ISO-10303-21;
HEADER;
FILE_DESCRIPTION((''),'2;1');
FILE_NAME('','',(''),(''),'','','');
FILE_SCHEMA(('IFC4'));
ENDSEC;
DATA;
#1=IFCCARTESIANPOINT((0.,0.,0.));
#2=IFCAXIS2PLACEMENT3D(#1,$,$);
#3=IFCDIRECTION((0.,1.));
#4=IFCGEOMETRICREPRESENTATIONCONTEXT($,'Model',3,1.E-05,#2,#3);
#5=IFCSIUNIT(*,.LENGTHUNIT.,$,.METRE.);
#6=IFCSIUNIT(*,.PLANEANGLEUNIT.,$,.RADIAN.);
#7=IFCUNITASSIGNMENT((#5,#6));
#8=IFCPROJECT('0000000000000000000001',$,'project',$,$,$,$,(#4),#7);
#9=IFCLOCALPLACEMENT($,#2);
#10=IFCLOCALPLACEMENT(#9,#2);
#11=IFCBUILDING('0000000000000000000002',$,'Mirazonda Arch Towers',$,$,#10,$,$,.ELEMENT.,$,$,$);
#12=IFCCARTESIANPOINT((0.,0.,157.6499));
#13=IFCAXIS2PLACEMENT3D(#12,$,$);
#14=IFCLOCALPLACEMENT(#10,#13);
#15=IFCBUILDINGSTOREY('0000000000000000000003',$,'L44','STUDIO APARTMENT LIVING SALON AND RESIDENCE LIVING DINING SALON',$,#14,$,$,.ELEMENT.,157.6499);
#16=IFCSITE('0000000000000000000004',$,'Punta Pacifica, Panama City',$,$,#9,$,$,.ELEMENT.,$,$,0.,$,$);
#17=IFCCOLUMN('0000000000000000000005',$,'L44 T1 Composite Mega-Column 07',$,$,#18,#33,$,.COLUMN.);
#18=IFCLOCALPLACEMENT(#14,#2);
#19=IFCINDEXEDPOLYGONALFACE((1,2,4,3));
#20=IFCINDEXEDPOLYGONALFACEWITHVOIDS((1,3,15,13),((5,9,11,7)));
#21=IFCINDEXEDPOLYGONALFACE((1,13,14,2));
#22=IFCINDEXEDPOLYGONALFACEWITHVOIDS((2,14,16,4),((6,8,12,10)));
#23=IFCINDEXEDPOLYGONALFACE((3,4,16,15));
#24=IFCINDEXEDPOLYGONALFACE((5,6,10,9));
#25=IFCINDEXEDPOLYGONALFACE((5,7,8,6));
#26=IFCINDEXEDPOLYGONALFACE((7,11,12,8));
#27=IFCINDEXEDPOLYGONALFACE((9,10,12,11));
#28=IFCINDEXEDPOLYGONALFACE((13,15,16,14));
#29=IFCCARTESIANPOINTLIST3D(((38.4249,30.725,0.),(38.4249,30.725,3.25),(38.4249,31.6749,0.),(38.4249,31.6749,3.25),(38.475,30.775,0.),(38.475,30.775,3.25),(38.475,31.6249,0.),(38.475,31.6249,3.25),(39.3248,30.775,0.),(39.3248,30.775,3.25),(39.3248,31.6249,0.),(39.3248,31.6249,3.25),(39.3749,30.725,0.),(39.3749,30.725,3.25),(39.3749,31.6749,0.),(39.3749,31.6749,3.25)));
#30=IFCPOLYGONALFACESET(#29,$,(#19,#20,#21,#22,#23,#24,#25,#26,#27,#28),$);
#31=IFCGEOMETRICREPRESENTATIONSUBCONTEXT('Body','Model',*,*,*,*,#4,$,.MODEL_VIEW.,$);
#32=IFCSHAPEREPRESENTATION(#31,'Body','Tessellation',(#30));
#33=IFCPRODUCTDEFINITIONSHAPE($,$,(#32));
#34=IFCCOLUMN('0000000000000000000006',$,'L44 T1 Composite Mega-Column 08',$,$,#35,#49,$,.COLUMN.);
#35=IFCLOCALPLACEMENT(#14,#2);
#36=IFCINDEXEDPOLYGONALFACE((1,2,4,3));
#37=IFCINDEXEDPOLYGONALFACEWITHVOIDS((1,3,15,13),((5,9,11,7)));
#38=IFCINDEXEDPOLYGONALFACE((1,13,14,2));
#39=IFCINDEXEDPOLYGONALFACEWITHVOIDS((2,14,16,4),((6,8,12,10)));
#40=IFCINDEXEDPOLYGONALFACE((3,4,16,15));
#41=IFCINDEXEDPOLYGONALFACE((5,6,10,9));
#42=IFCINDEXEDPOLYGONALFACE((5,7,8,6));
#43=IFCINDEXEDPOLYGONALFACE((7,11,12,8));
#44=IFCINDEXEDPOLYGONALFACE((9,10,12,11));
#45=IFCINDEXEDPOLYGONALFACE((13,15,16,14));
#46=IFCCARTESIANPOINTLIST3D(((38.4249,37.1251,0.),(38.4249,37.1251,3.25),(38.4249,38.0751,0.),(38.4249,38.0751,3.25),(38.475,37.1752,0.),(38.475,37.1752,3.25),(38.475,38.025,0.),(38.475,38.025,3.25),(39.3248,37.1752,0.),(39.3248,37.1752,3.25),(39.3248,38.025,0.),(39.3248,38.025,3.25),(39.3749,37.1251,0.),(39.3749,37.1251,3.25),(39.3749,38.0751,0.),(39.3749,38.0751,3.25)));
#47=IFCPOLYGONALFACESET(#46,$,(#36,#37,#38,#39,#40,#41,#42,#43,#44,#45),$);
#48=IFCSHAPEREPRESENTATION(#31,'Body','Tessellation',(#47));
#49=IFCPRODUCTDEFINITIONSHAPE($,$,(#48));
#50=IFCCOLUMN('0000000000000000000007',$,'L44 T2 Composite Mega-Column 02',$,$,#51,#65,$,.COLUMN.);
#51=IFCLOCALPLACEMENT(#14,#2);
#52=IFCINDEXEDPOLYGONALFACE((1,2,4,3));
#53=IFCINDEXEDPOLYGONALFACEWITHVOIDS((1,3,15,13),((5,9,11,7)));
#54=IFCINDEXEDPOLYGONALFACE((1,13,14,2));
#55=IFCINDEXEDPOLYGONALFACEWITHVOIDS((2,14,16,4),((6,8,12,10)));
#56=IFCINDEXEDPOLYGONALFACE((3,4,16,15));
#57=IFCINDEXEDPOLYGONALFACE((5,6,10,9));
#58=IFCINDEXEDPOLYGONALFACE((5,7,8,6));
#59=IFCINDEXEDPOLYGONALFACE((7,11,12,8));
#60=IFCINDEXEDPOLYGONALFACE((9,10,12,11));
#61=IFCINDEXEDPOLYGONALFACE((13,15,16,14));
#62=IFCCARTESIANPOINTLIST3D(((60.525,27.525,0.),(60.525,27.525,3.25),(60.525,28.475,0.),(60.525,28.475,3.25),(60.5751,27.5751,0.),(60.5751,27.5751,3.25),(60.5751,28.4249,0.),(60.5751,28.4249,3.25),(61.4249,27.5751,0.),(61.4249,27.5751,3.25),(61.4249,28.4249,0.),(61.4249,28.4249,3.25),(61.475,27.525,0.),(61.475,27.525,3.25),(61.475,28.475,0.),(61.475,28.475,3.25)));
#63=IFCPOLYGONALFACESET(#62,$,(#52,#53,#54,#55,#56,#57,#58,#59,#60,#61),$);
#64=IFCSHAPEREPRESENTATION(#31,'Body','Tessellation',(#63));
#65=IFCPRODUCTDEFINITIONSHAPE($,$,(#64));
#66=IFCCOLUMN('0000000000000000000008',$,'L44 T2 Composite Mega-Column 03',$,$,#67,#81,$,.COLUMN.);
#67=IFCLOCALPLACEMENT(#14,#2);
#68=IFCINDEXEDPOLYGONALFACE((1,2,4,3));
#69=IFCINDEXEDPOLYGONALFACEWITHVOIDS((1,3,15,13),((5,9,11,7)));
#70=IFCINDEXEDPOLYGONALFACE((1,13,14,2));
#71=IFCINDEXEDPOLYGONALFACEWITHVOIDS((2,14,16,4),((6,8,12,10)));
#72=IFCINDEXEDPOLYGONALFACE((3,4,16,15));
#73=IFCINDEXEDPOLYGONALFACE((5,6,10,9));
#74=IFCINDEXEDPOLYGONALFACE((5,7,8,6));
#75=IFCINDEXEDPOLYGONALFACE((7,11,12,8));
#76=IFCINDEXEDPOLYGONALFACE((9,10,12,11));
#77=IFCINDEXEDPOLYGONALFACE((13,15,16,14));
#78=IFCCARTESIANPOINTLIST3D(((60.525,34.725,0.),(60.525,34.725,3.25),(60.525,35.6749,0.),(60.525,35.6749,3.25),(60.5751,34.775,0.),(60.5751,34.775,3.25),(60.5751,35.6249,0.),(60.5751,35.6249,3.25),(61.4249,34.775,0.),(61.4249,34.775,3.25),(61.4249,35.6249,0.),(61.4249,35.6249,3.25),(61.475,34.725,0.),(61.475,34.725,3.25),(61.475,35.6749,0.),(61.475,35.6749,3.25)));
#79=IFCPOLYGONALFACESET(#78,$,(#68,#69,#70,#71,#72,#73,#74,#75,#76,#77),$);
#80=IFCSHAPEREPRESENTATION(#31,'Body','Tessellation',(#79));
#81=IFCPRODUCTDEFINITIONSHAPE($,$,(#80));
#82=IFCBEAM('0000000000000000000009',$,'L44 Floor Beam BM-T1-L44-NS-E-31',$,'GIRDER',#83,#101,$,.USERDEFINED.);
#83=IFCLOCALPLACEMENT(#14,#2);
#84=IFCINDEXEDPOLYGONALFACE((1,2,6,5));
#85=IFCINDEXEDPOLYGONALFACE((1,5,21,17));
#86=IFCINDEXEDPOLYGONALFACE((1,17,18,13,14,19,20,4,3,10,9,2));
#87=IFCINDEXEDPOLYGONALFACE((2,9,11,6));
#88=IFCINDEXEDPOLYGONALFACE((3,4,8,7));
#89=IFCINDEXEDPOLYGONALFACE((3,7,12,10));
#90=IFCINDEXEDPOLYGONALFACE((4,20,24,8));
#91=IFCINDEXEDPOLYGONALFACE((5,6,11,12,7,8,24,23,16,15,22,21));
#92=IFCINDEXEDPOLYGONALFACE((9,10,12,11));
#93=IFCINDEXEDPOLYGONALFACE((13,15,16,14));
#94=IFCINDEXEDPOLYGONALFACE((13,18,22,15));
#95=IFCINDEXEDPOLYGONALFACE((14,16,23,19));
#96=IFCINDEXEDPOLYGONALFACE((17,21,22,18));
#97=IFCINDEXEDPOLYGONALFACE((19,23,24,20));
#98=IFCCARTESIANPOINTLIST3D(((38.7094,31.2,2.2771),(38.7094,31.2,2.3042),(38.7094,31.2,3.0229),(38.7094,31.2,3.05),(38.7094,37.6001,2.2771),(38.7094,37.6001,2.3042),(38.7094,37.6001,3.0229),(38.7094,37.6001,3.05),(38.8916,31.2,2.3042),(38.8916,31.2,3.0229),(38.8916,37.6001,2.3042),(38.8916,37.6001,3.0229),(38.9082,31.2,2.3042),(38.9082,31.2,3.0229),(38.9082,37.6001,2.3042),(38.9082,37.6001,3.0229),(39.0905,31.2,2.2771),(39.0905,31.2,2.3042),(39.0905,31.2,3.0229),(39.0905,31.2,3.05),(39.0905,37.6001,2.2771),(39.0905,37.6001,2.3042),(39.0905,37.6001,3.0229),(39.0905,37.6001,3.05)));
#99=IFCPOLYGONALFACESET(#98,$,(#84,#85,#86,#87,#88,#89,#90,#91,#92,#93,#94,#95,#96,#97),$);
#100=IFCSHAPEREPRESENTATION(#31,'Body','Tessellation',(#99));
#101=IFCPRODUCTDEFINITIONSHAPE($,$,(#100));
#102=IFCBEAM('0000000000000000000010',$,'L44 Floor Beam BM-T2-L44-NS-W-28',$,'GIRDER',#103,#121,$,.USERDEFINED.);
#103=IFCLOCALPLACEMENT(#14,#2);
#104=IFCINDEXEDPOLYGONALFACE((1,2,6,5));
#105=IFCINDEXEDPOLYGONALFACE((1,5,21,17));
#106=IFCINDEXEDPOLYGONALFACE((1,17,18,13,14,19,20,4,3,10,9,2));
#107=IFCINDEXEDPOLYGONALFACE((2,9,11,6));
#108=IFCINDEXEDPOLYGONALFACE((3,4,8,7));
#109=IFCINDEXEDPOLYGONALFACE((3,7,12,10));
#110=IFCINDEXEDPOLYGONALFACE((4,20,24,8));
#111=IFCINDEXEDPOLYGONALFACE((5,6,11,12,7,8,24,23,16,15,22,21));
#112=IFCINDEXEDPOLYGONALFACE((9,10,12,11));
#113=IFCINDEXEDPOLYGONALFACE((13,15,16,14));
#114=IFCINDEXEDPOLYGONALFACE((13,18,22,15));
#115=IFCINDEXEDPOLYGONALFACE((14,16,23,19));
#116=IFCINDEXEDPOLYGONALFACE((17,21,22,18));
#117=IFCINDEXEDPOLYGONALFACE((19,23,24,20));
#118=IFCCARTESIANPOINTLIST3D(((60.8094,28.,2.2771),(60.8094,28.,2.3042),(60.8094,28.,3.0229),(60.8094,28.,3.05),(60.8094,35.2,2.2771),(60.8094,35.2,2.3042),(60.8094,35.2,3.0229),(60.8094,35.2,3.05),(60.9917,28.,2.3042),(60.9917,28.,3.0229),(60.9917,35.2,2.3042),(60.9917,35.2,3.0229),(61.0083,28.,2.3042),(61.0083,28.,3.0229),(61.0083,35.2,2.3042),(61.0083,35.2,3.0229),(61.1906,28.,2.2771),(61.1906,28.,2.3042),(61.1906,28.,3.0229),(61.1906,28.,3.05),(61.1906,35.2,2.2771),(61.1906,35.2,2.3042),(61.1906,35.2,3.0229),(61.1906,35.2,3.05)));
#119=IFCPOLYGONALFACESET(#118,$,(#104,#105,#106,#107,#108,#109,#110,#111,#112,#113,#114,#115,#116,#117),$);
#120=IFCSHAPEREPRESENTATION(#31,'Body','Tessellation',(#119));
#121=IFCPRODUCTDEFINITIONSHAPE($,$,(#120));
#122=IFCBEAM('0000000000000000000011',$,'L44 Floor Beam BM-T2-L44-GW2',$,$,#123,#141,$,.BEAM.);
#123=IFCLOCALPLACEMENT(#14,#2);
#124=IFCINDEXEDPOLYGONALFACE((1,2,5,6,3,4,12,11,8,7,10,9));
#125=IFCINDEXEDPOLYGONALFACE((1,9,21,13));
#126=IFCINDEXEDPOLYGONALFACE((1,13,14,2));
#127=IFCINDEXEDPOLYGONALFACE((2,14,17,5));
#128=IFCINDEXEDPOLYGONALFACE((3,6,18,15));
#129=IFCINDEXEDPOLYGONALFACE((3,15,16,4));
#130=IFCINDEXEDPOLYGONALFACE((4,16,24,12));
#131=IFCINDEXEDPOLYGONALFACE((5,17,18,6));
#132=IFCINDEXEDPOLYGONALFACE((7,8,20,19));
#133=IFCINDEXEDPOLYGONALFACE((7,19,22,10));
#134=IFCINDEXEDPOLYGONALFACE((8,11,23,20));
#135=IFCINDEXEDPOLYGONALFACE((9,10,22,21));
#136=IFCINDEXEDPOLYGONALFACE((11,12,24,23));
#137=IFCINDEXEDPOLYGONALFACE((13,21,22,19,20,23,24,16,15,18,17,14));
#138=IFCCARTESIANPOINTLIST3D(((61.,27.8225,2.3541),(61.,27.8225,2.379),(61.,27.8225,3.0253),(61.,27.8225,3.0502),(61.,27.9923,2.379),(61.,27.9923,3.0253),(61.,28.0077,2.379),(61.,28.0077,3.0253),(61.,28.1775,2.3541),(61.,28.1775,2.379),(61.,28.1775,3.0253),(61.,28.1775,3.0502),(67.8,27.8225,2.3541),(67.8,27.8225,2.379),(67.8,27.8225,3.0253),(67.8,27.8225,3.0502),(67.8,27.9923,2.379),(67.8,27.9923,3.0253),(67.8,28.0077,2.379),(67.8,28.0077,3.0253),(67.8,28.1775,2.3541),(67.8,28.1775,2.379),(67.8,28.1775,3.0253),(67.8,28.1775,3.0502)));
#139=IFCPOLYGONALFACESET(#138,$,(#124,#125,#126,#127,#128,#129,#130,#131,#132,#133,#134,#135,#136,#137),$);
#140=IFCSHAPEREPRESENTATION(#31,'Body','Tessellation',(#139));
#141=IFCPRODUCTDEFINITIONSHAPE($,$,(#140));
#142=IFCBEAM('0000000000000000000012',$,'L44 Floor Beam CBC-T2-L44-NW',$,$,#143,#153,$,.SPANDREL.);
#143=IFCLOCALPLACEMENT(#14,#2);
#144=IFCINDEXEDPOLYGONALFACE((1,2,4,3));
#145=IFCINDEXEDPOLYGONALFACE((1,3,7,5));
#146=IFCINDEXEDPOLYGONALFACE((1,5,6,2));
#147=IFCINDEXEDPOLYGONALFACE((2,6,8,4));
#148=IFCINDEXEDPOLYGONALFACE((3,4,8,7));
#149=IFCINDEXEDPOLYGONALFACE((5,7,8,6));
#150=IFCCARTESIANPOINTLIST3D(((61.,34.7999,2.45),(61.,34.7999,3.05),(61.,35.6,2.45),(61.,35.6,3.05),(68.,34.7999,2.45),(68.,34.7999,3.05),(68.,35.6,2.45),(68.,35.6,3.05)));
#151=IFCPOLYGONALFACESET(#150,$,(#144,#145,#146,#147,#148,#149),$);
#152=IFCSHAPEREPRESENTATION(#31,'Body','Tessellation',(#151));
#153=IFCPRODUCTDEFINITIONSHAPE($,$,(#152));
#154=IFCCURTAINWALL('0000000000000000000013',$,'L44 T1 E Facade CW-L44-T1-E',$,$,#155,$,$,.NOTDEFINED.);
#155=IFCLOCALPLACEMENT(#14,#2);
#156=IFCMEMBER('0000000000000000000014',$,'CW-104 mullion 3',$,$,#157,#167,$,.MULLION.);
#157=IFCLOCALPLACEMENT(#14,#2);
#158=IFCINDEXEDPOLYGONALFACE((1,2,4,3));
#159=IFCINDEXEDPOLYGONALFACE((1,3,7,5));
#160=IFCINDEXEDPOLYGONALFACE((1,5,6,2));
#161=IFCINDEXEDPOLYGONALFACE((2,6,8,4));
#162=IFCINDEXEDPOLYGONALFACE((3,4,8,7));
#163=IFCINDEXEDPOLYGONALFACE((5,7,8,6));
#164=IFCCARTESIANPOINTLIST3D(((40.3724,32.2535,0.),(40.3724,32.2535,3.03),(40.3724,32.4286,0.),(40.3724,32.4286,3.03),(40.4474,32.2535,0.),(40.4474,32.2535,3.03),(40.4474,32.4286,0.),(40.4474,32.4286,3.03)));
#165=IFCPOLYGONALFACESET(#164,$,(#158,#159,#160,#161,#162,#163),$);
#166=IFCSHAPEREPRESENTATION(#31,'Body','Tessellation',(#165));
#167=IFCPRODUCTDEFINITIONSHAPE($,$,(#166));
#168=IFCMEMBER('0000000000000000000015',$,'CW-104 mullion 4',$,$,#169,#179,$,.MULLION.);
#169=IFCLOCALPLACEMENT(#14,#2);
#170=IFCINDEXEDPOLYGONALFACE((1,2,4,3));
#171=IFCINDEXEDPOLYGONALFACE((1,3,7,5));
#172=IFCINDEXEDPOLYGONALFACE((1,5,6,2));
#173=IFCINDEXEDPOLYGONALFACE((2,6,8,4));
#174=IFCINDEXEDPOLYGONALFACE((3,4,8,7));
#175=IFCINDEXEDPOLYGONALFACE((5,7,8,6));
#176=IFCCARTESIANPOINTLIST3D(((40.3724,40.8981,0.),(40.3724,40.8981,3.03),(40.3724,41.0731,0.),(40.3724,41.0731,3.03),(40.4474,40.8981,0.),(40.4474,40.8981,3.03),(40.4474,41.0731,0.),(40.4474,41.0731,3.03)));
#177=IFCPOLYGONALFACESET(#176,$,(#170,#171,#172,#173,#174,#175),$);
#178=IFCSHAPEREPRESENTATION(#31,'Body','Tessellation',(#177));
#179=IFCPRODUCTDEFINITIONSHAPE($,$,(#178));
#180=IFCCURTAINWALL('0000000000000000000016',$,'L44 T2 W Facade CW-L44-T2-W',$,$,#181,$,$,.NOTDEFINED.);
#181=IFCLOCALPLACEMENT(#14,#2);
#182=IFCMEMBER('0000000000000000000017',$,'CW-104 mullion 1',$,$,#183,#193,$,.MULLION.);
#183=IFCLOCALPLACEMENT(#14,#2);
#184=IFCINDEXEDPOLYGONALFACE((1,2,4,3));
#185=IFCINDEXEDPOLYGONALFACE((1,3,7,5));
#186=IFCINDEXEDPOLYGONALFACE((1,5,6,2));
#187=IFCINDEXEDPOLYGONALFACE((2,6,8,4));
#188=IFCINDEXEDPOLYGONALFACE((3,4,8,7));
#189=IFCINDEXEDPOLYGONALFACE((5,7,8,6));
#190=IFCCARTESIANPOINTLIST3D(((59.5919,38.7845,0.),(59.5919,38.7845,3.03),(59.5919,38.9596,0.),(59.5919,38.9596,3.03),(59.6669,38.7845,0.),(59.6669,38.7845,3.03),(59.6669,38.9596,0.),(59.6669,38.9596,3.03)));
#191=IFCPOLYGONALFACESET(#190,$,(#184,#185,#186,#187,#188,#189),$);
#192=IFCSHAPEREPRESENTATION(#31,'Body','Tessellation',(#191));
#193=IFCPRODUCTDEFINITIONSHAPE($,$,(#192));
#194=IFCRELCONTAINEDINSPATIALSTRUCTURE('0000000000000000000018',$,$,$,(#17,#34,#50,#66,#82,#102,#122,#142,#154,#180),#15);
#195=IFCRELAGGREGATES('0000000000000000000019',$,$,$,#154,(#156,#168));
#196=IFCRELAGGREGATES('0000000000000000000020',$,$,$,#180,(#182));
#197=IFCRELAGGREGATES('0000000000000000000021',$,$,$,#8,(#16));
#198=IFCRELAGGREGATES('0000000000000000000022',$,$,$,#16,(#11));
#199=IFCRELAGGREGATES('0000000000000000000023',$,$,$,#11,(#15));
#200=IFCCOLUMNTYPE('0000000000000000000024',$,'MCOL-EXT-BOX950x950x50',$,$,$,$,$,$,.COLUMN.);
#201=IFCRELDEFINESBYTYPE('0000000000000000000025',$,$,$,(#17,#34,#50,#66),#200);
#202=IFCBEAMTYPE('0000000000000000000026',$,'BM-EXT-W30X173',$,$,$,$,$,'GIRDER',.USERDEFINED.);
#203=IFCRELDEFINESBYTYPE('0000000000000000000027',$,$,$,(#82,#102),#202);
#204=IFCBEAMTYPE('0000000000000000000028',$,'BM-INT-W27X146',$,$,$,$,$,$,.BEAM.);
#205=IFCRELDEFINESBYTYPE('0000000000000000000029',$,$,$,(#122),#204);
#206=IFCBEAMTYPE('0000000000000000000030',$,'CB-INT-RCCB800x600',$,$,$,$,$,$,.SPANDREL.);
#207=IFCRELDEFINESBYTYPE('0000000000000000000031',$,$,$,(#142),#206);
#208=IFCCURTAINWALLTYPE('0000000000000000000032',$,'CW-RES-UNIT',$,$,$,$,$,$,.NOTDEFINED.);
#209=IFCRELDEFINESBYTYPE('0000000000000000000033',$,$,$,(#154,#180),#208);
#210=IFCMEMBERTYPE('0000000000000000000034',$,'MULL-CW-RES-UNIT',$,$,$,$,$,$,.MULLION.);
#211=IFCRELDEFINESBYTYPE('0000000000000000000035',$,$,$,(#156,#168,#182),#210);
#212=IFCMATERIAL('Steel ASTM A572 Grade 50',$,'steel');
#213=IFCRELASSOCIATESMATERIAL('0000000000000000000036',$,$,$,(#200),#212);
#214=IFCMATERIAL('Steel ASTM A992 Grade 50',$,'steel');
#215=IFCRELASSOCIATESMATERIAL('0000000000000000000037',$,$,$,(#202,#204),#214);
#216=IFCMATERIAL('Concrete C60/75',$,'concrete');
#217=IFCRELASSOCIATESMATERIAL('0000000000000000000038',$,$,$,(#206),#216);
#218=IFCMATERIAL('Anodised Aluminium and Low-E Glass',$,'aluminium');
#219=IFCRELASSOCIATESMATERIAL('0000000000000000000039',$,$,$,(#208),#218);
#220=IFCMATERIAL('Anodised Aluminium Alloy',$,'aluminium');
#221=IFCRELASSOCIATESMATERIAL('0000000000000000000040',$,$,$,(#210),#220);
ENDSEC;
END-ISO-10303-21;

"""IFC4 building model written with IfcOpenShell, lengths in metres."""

from ifc_helpers import new_model, si_unit, direction, frame, origin, origin_2d, place, context, subcontext, project, spatial, rectangle, hollow_rectangle, i_section, extrude, material, material_profile, profile_set, type_object, element, aggregate, save


model = new_model("IFC4")

# Units and contexts
model_context = context("Model", 3, precision=1e-05, world=origin(), true_north=direction((0.0, 1.0)))
body_context = subcontext(model_context, "Body", "Model", "MODEL_VIEW")
ifc_project = project(units=[si_unit("LENGTHUNIT", "METRE"), si_unit("PLANEANGLEUNIT", "RADIAN")], contexts=[model_context])

# Site, building, storey
site_placement = place(None, origin())
site = spatial("IfcSite", under=ifc_project, at=site_placement, Name="Punta Pacifica, Panama City", CompositionType="ELEMENT", RefElevation=0.0)
building_placement = place(site_placement, origin())
building = spatial("IfcBuilding", under=site, at=building_placement, Name="Mirazonda Arch Towers", CompositionType="ELEMENT")
storey_placement = place(building_placement, frame((0.0, 0.0, 157.6499)))
storey = spatial("IfcBuildingStorey", under=building, at=storey_placement, Name="L44", Description="STUDIO APARTMENT LIVING SALON AND RESIDENCE LIVING DINING SALON", CompositionType="ELEMENT", Elevation=157.6499)

# Columns
ifc_material_1 = material(Name="Steel ASTM A572 Grade 50", Category="steel")
ifc_material_profile_1 = material_profile(ifc_material_1, hollow_rectangle(XDim=0.95, YDim=0.95, WallThickness=0.05, at=origin_2d()), Name="BOX950x950x50")
ifc_profile_set_1 = profile_set([ifc_material_profile_1], Name="Steel ASTM A572 Grade 50")
column_type = type_object("IfcColumnType", Name="MCOL-EXT-BOX950x950x50", PredefinedType="COLUMN", material=ifc_profile_set_1)
for number, where, z_axis, x_axis, name in (
    (1, (38.8999, 31.2, 0.0), (0.0, 0.0, 1.0), (1.0, 0.0, 0.0), "L44 T1 Composite Mega-Column 07"),
    (2, (38.8999, 37.6001, 0.0), (0.0, 0.0, 1.0), (1.0, 0.0, 0.0), "L44 T1 Composite Mega-Column 08"),
    (3, (61.0, 28.0, 0.0), (0.0, 0.0, 1.0), (1.0, 0.0, 0.0), "L44 T2 Composite Mega-Column 02"),
    (4, (61.0, 35.2, 0.0), (0.0, 0.0, 1.0), (1.0, 0.0, 0.0), "L44 T2 Composite Mega-Column 03"),
):
    element("IfcColumn", number, at=place(storey_placement, frame(where, z_axis=z_axis, x_axis=x_axis)), inside=storey, type_object=column_type, Name=name, PredefinedType="COLUMN", context=body_context, shape_type="SweptSolid", body=[
        extrude(hollow_rectangle(XDim=0.95, YDim=0.95, WallThickness=0.05, at=origin_2d()), origin(), (0.0, 0.0, 1.0), 3.25),
    ])

# Beams
ifc_material_2 = material(Name="Steel ASTM A992 Grade 50", Category="steel")
ifc_material_profile_2 = material_profile(ifc_material_2, i_section(OverallWidth=0.3811, OverallDepth=0.7729, WebThickness=0.0166, FlangeThickness=0.0271, at=origin_2d()), Name="W30X173")
ifc_profile_set_2 = profile_set([ifc_material_profile_2], Name="Steel ASTM A992 Grade 50")
beam_type_1 = type_object("IfcBeamType", Name="BM-EXT-W30X173", ElementType="GIRDER", PredefinedType="USERDEFINED", material=ifc_profile_set_2)
beam_1_placement = place(storey_placement, frame((38.8999, 31.2, 2.6636), z_axis=(0.0, 1.0, 0.0), x_axis=(-1.0, 0.0, 0.0)))
element("IfcBeam", 5, at=beam_1_placement, inside=storey, type_object=beam_type_1, Name="L44 Floor Beam BM-T1-L44-NS-E-31", ObjectType="GIRDER", PredefinedType="USERDEFINED", context=body_context, shape_type="SweptSolid", body=[
    extrude(i_section(OverallWidth=0.3811, OverallDepth=0.7729, WebThickness=0.0166, FlangeThickness=0.0271, at=origin_2d()), origin(), (0.0, 0.0, 1.0), 6.4001),
])
beam_2_placement = place(storey_placement, frame((61.0, 28.0, 2.6636), z_axis=(0.0, 1.0, 0.0), x_axis=(-1.0, 0.0, 0.0)))
element("IfcBeam", 6, at=beam_2_placement, inside=storey, type_object=beam_type_1, Name="L44 Floor Beam BM-T2-L44-NS-W-28", ObjectType="GIRDER", PredefinedType="USERDEFINED", context=body_context, shape_type="SweptSolid", body=[
    extrude(i_section(OverallWidth=0.3811, OverallDepth=0.7729, WebThickness=0.0166, FlangeThickness=0.0271, at=origin_2d()), origin(), (0.0, 0.0, 1.0), 7.2),
])
ifc_material_profile_3 = material_profile(ifc_material_2, i_section(OverallWidth=0.355, OverallDepth=0.696, WebThickness=0.0154, FlangeThickness=0.0249, at=origin_2d()), Name="W27X146")
ifc_profile_set_3 = profile_set([ifc_material_profile_3], Name="Steel ASTM A992 Grade 50")
beam_type_2 = type_object("IfcBeamType", Name="BM-INT-W27X146", PredefinedType="BEAM", material=ifc_profile_set_3)
beam_3_placement = place(storey_placement, frame((61.0, 28.0, 2.7021), z_axis=(1.0, 0.0, 0.0), x_axis=(0.0, 1.0, 0.0)))
element("IfcBeam", 7, at=beam_3_placement, inside=storey, type_object=beam_type_2, Name="L44 Floor Beam BM-T2-L44-GW2", PredefinedType="BEAM", context=body_context, shape_type="SweptSolid", body=[
    extrude(i_section(OverallWidth=0.355, OverallDepth=0.696, WebThickness=0.0154, FlangeThickness=0.0249, at=origin_2d()), origin(), (0.0, 0.0, 1.0), 6.8),
])
ifc_material_3 = material(Name="Concrete C60/75", Category="concrete")
ifc_material_profile_4 = material_profile(ifc_material_3, rectangle(XDim=0.8, YDim=0.6001, at=origin_2d()), Name="RCCB800x600")
ifc_profile_set_4 = profile_set([ifc_material_profile_4], Name="Concrete C60/75")
beam_type_3 = type_object("IfcBeamType", Name="CB-INT-RCCB800x600", PredefinedType="SPANDREL", material=ifc_profile_set_4)
beam_4_placement = place(storey_placement, frame((61.0, 35.2, 2.75), z_axis=(1.0, 0.0, 0.0), x_axis=(0.0, 1.0, 0.0)))
element("IfcBeam", 8, at=beam_4_placement, inside=storey, type_object=beam_type_3, Name="L44 Floor Beam CBC-T2-L44-NW", PredefinedType="SPANDREL", context=body_context, shape_type="SweptSolid", body=[
    extrude(rectangle(XDim=0.8, YDim=0.6001, at=origin_2d()), origin(), (0.0, 0.0, 1.0), 7.0),
])

# Curtain walls, members
ifc_material_4 = material(Name="Anodised Aluminium and Low-E Glass", Category="aluminium")
curtain_wall_type = type_object("IfcCurtainWallType", Name="CW-RES-UNIT", PredefinedType="NOTDEFINED", material=ifc_material_4)
curtain_wall_1_placement = place(storey_placement, origin())
curtain_wall_1 = element("IfcCurtainWall", 9, at=curtain_wall_1_placement, inside=storey, type_object=curtain_wall_type, Name="L44 T1 E Facade CW-L44-T1-E", PredefinedType="NOTDEFINED")
ifc_material_5 = material(Name="Anodised Aluminium Alloy", Category="aluminium")
ifc_material_profile_5 = material_profile(ifc_material_5, rectangle(XDim=0.075, YDim=0.175, at=origin_2d()), Name="ALU-MULL-75x175")
ifc_profile_set_5 = profile_set([ifc_material_profile_5], Name="Anodised Aluminium Alloy")
member_type_1 = type_object("IfcMemberType", Name="MULL-CW-RES-UNIT", PredefinedType="MULLION", material=ifc_profile_set_5)
member_1_placement = place(storey_placement, frame((40.4099, 32.3411, 0.0), z_axis=(0.0, 0.0, 1.0), x_axis=(-1.0, 0.0, 0.0)))
member_1 = element("IfcMember", 10, at=member_1_placement, type_object=member_type_1, Name="CW-104 mullion 3", PredefinedType="MULLION", context=body_context, shape_type="SweptSolid", body=[
    extrude(rectangle(XDim=0.075, YDim=0.175, at=origin_2d()), origin(), (0.0, 0.0, 1.0), 3.03),
])
member_2_placement = place(storey_placement, frame((40.4099, 40.9856, 0.0), z_axis=(0.0, 0.0, 1.0), x_axis=(-1.0, 0.0, 0.0)))
member_2 = element("IfcMember", 11, at=member_2_placement, type_object=member_type_1, Name="CW-104 mullion 4", PredefinedType="MULLION", context=body_context, shape_type="SweptSolid", body=[
    extrude(rectangle(XDim=0.075, YDim=0.175, at=origin_2d()), origin(), (0.0, 0.0, 1.0), 3.03),
])
curtain_wall_2_placement = place(storey_placement, origin())
curtain_wall_2 = element("IfcCurtainWall", 12, at=curtain_wall_2_placement, inside=storey, type_object=curtain_wall_type, Name="L44 T2 W Facade CW-L44-T2-W", PredefinedType="NOTDEFINED")
member_3_placement = place(storey_placement, frame((59.6294, 38.8721, 0.0), z_axis=(0.0, 0.0, 1.0), x_axis=(1.0, 0.0, 0.0)))
member_3 = element("IfcMember", 13, at=member_3_placement, type_object=member_type_1, Name="CW-104 mullion 1", PredefinedType="MULLION", context=body_context, shape_type="SweptSolid", body=[
    extrude(rectangle(XDim=0.075, YDim=0.175, at=origin_2d()), origin(), (0.0, 0.0, 1.0), 3.03),
])

aggregate(curtain_wall_1, [member_1, member_2])
aggregate(curtain_wall_2, [member_3])

save(model, "model.ifc")
